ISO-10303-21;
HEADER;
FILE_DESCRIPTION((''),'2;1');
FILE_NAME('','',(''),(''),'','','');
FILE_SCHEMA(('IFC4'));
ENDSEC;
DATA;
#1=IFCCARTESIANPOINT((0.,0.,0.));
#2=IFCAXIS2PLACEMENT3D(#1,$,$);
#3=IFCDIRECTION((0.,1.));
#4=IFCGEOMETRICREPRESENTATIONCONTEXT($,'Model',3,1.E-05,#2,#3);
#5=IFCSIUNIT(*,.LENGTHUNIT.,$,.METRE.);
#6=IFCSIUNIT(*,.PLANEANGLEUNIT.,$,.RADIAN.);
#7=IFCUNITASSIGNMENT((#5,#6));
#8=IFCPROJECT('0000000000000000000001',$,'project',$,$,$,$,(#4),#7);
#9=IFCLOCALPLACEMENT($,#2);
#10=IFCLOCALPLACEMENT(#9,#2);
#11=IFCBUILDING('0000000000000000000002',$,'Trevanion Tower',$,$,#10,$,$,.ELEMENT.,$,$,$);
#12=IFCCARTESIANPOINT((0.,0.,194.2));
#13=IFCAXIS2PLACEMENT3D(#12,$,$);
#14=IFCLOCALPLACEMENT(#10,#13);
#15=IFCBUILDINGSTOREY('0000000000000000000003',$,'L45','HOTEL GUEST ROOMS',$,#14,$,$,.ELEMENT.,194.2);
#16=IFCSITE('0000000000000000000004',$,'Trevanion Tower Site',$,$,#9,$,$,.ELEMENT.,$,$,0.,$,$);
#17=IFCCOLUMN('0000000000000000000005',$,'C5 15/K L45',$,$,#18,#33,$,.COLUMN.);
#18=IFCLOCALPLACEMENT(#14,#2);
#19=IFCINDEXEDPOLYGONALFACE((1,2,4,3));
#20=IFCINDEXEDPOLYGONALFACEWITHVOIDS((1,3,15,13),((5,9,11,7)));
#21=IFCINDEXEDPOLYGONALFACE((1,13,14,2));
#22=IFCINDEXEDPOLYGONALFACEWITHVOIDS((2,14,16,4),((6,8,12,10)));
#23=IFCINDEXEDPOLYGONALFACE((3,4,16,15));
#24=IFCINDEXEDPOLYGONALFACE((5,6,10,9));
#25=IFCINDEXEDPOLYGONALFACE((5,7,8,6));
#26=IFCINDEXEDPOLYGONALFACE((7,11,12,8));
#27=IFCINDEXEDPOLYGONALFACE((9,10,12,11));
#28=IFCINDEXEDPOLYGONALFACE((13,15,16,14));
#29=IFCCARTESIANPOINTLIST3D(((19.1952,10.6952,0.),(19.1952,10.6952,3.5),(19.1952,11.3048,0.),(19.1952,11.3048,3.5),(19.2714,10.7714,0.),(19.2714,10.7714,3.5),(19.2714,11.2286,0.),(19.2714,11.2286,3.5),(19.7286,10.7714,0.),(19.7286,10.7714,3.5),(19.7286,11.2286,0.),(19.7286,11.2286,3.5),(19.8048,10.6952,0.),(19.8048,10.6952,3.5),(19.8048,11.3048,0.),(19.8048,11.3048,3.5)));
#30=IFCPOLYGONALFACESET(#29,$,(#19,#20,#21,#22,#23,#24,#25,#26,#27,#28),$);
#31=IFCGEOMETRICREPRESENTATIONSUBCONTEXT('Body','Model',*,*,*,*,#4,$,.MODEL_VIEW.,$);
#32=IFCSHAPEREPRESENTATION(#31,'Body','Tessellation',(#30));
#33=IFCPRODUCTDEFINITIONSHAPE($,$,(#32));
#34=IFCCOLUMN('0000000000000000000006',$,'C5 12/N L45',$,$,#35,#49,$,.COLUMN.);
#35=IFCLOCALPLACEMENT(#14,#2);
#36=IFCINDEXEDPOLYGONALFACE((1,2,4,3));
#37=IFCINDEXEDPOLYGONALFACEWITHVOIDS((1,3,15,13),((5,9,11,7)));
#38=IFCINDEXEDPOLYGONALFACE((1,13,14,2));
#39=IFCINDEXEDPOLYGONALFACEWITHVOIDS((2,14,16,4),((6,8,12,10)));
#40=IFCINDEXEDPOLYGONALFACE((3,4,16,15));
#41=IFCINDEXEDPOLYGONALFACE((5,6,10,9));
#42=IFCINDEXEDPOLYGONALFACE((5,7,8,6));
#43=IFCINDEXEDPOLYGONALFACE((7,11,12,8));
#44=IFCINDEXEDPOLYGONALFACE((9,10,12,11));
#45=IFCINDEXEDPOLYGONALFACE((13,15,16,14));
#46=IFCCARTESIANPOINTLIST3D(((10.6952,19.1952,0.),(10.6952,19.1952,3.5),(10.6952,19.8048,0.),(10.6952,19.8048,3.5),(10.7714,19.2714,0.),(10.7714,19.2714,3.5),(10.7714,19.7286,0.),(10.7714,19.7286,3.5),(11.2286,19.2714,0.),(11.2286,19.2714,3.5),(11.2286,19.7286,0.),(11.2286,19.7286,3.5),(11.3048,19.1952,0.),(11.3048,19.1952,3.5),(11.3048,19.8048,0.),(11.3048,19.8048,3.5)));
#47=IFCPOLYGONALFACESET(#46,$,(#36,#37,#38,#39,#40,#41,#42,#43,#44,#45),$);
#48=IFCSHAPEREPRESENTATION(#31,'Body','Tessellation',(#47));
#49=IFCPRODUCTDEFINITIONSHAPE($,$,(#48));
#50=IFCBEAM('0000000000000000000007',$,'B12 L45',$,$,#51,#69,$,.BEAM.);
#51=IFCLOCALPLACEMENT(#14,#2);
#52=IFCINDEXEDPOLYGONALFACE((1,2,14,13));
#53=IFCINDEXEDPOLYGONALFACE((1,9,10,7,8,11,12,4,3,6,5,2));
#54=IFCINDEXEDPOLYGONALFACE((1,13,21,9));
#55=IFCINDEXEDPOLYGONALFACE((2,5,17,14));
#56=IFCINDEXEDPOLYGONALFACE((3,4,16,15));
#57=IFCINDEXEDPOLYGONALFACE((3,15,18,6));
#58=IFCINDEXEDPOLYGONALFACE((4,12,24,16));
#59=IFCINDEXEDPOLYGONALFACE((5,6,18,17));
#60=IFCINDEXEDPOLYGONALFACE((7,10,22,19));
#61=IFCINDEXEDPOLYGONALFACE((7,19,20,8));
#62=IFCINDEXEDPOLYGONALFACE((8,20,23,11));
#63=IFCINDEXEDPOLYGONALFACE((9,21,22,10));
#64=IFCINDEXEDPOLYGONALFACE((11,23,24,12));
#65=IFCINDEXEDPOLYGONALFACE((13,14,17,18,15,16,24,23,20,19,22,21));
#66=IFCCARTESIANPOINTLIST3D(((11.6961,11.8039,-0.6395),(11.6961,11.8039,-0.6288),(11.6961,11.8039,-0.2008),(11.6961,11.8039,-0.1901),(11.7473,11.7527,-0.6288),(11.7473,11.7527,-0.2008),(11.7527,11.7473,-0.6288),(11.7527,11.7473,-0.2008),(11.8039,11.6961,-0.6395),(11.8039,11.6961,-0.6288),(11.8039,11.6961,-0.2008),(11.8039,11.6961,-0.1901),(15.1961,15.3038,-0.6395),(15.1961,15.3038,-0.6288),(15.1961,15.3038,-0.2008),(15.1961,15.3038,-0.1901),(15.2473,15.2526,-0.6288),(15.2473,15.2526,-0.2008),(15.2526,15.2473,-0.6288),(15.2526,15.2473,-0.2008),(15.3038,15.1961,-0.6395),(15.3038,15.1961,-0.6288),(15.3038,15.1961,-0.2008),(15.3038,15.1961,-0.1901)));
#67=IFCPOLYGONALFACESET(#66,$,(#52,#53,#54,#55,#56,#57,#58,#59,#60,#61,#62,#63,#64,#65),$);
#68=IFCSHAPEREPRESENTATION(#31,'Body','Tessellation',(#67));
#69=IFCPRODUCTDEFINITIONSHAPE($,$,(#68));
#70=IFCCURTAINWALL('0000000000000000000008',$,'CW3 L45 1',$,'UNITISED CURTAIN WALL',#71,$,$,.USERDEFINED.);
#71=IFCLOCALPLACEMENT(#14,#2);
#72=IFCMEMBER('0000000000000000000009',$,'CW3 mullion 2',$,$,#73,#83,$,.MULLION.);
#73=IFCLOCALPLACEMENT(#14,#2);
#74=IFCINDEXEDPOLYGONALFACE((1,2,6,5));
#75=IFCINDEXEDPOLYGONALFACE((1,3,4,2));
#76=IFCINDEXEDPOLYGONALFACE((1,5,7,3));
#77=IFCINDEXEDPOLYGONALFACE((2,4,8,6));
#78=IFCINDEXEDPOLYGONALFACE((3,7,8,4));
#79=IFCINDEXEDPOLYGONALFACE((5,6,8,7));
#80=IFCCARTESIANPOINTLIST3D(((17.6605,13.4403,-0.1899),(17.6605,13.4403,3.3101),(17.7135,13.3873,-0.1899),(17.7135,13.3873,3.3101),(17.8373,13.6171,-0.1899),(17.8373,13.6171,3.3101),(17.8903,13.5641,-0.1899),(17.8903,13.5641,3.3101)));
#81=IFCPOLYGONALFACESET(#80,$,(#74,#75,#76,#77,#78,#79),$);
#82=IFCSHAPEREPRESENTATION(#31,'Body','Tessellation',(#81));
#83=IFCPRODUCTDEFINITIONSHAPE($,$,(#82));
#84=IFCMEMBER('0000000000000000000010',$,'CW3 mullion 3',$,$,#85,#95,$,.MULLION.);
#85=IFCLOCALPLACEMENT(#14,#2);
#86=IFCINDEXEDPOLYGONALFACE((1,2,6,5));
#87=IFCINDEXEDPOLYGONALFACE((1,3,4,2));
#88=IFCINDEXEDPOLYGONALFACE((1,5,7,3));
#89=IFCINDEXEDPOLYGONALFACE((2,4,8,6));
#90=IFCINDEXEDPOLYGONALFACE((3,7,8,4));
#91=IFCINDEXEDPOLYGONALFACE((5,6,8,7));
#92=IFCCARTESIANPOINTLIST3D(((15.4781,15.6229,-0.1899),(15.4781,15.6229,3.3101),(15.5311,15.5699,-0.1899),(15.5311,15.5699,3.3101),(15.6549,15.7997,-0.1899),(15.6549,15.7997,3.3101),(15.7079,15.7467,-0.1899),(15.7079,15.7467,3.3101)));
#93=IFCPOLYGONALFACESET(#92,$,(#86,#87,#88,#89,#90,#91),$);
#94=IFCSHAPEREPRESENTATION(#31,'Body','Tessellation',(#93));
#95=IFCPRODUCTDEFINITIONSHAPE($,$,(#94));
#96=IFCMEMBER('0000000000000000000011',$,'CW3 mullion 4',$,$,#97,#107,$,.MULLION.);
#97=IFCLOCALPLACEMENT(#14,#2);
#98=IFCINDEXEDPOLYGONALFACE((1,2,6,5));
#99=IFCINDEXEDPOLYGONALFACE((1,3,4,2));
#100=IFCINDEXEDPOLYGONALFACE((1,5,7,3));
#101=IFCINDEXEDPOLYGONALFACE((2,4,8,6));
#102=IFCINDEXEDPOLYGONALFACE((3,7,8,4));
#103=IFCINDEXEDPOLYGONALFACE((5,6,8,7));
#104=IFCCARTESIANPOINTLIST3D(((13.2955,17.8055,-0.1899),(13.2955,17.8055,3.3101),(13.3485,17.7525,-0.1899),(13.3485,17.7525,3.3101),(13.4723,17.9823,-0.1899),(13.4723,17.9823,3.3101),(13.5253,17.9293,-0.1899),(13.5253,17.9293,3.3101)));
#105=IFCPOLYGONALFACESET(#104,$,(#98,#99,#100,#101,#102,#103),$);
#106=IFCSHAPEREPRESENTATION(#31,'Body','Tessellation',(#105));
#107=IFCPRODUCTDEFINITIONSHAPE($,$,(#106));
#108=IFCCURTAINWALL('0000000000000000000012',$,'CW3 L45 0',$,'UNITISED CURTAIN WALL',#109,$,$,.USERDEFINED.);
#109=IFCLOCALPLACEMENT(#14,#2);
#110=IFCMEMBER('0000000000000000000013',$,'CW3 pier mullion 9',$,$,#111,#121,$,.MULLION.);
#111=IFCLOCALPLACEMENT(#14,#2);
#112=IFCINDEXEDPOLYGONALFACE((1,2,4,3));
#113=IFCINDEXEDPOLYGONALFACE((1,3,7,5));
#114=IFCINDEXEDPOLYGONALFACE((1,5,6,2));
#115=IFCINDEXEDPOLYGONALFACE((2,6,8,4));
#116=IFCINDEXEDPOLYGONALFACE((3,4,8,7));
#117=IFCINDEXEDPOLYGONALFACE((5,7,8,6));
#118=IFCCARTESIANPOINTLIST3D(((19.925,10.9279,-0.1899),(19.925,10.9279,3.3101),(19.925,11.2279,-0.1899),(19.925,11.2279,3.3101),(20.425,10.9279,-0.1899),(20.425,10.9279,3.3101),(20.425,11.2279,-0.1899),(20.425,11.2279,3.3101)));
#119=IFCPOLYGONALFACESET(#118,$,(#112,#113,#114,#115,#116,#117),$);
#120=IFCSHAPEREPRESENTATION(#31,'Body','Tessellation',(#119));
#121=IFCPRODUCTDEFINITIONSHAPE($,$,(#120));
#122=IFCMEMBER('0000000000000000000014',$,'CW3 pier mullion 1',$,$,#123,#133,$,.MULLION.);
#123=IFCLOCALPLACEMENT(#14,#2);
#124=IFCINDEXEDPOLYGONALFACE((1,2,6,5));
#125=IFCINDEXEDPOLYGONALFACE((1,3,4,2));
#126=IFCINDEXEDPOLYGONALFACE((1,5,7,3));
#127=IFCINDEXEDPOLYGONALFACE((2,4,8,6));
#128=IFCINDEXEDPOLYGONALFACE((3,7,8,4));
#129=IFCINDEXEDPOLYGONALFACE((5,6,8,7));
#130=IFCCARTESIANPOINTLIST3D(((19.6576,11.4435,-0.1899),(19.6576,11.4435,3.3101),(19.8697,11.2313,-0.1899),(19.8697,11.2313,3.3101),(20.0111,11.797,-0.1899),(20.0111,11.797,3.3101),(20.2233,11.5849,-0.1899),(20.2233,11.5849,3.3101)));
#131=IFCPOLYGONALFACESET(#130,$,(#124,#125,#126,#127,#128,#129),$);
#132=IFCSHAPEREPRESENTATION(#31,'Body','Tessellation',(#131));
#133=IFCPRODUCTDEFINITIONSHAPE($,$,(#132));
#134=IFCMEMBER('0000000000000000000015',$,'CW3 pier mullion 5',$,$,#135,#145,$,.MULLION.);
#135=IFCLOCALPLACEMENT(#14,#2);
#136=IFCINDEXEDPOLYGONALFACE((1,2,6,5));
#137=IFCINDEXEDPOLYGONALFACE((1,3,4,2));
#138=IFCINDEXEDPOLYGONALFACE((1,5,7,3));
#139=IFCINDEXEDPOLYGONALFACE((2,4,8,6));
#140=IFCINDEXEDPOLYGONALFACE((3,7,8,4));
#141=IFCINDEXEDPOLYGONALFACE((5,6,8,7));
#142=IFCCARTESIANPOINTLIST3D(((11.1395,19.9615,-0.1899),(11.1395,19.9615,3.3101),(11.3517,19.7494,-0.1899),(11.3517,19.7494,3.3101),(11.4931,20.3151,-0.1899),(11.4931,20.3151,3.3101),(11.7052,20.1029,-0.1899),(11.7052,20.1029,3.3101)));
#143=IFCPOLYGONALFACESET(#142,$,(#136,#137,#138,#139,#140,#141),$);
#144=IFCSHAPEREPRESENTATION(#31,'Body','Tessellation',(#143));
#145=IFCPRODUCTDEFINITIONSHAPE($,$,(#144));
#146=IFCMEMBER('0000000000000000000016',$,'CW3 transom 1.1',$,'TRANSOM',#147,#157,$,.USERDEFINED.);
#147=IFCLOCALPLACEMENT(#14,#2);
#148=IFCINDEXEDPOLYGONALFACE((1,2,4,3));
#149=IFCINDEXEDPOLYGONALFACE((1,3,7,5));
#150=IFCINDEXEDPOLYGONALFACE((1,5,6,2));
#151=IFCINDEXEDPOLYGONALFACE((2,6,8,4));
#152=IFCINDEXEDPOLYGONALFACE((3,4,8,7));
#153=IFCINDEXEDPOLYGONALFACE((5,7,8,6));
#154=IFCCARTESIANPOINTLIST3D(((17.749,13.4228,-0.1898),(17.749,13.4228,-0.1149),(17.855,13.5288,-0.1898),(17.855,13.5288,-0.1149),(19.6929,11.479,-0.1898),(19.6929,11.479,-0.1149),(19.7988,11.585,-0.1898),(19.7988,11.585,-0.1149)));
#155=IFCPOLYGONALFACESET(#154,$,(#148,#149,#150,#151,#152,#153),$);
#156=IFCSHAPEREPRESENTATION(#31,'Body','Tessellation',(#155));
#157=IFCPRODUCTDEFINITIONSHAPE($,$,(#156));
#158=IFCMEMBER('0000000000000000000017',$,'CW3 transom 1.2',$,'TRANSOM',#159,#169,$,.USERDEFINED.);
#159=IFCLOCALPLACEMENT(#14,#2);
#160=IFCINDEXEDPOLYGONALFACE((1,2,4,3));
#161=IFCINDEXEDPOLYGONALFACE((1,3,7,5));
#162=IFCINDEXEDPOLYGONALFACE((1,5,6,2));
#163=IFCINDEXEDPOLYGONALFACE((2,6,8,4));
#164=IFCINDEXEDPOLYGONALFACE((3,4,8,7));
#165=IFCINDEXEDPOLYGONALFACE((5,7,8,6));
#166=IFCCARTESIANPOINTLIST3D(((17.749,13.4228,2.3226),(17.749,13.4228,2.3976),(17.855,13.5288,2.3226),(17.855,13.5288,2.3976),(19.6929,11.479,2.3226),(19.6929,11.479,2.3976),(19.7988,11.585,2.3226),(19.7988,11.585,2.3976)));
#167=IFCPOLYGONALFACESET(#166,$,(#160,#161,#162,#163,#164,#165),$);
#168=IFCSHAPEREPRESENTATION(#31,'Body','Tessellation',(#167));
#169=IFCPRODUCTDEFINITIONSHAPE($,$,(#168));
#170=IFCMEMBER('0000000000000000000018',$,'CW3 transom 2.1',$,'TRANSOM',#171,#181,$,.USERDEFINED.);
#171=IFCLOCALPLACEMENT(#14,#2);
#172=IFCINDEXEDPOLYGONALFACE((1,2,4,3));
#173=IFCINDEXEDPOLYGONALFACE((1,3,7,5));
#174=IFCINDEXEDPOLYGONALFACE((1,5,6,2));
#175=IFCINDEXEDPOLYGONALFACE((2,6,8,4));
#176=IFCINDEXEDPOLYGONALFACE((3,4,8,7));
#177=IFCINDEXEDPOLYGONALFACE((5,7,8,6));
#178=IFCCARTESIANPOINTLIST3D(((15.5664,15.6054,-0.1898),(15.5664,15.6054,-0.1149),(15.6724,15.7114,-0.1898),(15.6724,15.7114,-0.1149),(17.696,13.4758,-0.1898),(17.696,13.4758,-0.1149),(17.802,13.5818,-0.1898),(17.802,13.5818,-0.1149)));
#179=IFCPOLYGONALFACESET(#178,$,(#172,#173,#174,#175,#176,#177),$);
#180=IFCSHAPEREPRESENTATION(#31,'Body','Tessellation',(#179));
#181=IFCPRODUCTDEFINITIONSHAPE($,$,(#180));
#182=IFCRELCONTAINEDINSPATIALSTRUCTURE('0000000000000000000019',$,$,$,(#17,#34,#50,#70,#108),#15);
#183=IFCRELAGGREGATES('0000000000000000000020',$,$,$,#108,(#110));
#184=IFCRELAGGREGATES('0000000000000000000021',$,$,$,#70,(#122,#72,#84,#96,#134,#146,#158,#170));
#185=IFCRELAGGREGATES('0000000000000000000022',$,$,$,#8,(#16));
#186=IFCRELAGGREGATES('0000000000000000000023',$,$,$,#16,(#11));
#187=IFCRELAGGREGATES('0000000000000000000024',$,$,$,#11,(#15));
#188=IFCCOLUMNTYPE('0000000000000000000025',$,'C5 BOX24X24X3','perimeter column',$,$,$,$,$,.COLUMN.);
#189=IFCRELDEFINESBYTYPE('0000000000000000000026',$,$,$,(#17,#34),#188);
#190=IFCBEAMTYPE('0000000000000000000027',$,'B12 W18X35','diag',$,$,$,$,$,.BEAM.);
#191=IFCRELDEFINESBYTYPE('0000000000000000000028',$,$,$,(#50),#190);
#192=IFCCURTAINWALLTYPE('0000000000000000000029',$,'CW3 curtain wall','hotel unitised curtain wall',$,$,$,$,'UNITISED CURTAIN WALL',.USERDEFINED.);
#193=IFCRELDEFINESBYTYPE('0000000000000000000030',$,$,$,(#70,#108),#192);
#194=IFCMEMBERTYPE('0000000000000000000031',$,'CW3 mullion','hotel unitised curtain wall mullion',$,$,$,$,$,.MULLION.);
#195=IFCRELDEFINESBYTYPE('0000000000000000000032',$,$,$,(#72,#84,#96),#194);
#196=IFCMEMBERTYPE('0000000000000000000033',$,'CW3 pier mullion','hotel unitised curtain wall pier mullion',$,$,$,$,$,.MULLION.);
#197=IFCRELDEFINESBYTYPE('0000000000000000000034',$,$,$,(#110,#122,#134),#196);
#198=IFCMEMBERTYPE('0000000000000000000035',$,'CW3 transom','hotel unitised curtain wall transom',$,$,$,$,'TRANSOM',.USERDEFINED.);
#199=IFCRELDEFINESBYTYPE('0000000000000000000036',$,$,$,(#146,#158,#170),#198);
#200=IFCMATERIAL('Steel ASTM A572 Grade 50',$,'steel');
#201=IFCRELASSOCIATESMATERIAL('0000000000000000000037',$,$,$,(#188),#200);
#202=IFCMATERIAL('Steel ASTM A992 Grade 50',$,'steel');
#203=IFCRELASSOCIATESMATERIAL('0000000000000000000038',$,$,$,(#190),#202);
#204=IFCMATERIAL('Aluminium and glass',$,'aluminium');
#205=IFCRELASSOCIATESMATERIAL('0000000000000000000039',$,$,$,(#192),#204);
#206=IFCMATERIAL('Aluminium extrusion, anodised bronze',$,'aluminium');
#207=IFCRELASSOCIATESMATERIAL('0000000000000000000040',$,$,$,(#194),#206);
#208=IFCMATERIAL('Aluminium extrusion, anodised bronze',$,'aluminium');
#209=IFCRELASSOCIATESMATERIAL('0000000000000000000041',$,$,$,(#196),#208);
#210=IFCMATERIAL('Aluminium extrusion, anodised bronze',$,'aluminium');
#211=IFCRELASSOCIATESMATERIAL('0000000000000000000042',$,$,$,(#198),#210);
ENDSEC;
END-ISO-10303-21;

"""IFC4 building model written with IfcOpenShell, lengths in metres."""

from ifc_helpers import new_model, si_unit, direction, frame, origin, origin_2d, place, context, subcontext, project, spatial, rectangle, hollow_rectangle, i_section, extrude, material, material_profile, profile_set, type_object, element, aggregate, save


model = new_model("IFC4")

# Units and contexts
model_context = context("Model", 3, precision=1e-05, world=origin(), true_north=direction((0.0, 1.0)))
body_context = subcontext(model_context, "Body", "Model", "MODEL_VIEW")
ifc_project = project(units=[si_unit("LENGTHUNIT", "METRE"), si_unit("PLANEANGLEUNIT", "RADIAN")], contexts=[model_context])

# Site, building, storey
site_placement = place(None, origin())
site = spatial("IfcSite", under=ifc_project, at=site_placement, Name="Trevanion Tower Site", CompositionType="ELEMENT", RefElevation=0.0)
building_placement = place(site_placement, origin())
building = spatial("IfcBuilding", under=site, at=building_placement, Name="Trevanion Tower", CompositionType="ELEMENT")
storey_placement = place(building_placement, frame((0.0, 0.0, 194.2)))
storey = spatial("IfcBuildingStorey", under=building, at=storey_placement, Name="L45", Description="HOTEL GUEST ROOMS", CompositionType="ELEMENT", Elevation=194.2)

# Columns
ifc_material_1 = material(Name="Steel ASTM A572 Grade 50", Category="steel")
ifc_material_profile_1 = material_profile(ifc_material_1, hollow_rectangle(XDim=0.6096, YDim=0.6096, WallThickness=0.0762, at=origin_2d()), Name="BOX24X24X3")
ifc_profile_set_1 = profile_set([ifc_material_profile_1], Name="Steel ASTM A572 Grade 50")
column_type = type_object("IfcColumnType", Name="C5 BOX24X24X3", Description="perimeter column", PredefinedType="COLUMN", material=ifc_profile_set_1)
for number, where, z_axis, x_axis, name in (
    (1, (19.5, 11.0, 0.0), (0.0, 0.0, 1.0), (0.0, 1.0, 0.0), "C5 15/K L45"),
    (2, (11.0, 19.5, 0.0), (0.0, 0.0, 1.0), (1.0, 0.0, 0.0), "C5 12/N L45"),
):
    element("IfcColumn", number, at=place(storey_placement, frame(where, z_axis=z_axis, x_axis=x_axis)), inside=storey, type_object=column_type, Name=name, PredefinedType="COLUMN", context=body_context, shape_type="SweptSolid", body=[
        extrude(hollow_rectangle(XDim=0.6096, YDim=0.6096, WallThickness=0.0762, at=origin_2d()), origin(), (0.0, 0.0, 1.0), 3.5),
    ])

# Beam
ifc_material_2 = material(Name="Steel ASTM A992 Grade 50", Category="steel")
ifc_material_profile_2 = material_profile(ifc_material_2, i_section(OverallWidth=0.1523, OverallDepth=0.4495, WebThickness=0.0076, FlangeThickness=0.0107, at=origin_2d()), Name="W18X35")
ifc_profile_set_2 = profile_set([ifc_material_profile_2], Name="Steel ASTM A992 Grade 50")
beam_type_1 = type_object("IfcBeamType", Name="B12 W18X35", Description="diag", PredefinedType="BEAM", material=ifc_profile_set_2)
beam_1_placement = place(storey_placement, frame((11.75, 11.75, -0.4148), z_axis=(0.707107, 0.707107, 0.0), x_axis=(-0.707107, 0.707107, 0.0)))
element("IfcBeam", 3, at=beam_1_placement, inside=storey, type_object=beam_type_1, Name="B12 L45", PredefinedType="BEAM", context=body_context, shape_type="SweptSolid", body=[
    extrude(i_section(OverallWidth=0.1523, OverallDepth=0.4495, WebThickness=0.0076, FlangeThickness=0.0107, at=origin_2d()), origin(), (0.0, 0.0, 1.0), 4.9497),
])

# Curtain wall, members
ifc_material_3 = material(Name="Aluminium and glass", Category="aluminium")
curtain_wall_type = type_object("IfcCurtainWallType", Name="CW3 curtain wall", Description="hotel unitised curtain wall", ElementType="UNITISED CURTAIN WALL", PredefinedType="USERDEFINED", material=ifc_material_3)
curtain_wall_1_placement = place(storey_placement, origin())
curtain_wall_1 = element("IfcCurtainWall", 4, at=curtain_wall_1_placement, inside=storey, type_object=curtain_wall_type, Name="CW3 L45 1", ObjectType="UNITISED CURTAIN WALL", PredefinedType="USERDEFINED")
ifc_material_4 = material(Name="Aluminium extrusion, anodised bronze", Category="aluminium")
ifc_material_profile_3 = material_profile(ifc_material_4, rectangle(XDim=0.075, YDim=0.25, at=origin_2d()), Name="CW3 mullion")
ifc_profile_set_3 = profile_set([ifc_material_profile_3], Name="Aluminium extrusion, anodised bronze")
member_type_1 = type_object("IfcMemberType", Name="CW3 mullion", Description="hotel unitised curtain wall mullion", PredefinedType="MULLION", material=ifc_profile_set_3)
member_1_placement = place(storey_placement, frame((17.7754, 13.5022, -0.1899), z_axis=(0.0, 0.0, 1.0), x_axis=(-0.707107, 0.707107, 0.0)))
member_1 = element("IfcMember", 5, at=member_1_placement, type_object=member_type_1, Name="CW3 mullion 2", PredefinedType="MULLION", context=body_context, shape_type="SweptSolid", body=[
    extrude(rectangle(XDim=0.075, YDim=0.25, at=origin_2d()), origin(), (0.0, 0.0, 1.0), 3.5),
])
member_2_placement = place(storey_placement, frame((15.593, 15.6848, -0.1899), z_axis=(0.0, 0.0, 1.0), x_axis=(-0.707107, 0.707107, 0.0)))
member_2 = element("IfcMember", 6, at=member_2_placement, type_object=member_type_1, Name="CW3 mullion 3", PredefinedType="MULLION", context=body_context, shape_type="SweptSolid", body=[
    extrude(rectangle(XDim=0.075, YDim=0.25, at=origin_2d()), origin(), (0.0, 0.0, 1.0), 3.5),
])
member_3_placement = place(storey_placement, frame((13.4104, 17.8674, -0.1899), z_axis=(0.0, 0.0, 1.0), x_axis=(-0.707107, 0.707107, 0.0)))
member_3 = element("IfcMember", 7, at=member_3_placement, type_object=member_type_1, Name="CW3 mullion 4", PredefinedType="MULLION", context=body_context, shape_type="SweptSolid", body=[
    extrude(rectangle(XDim=0.075, YDim=0.25, at=origin_2d()), origin(), (0.0, 0.0, 1.0), 3.5),
])

# Curtain wall, member
curtain_wall_2_placement = place(storey_placement, origin())
curtain_wall_2 = element("IfcCurtainWall", 8, at=curtain_wall_2_placement, inside=storey, type_object=curtain_wall_type, Name="CW3 L45 0", ObjectType="UNITISED CURTAIN WALL", PredefinedType="USERDEFINED")
ifc_material_5 = material(Name="Aluminium extrusion, anodised bronze", Category="aluminium")
ifc_material_profile_4 = material_profile(ifc_material_5, rectangle(XDim=0.3, YDim=0.5, at=origin_2d()), Name="CW3 pier mullion")
ifc_profile_set_4 = profile_set([ifc_material_profile_4], Name="Aluminium extrusion, anodised bronze")
member_type_2 = type_object("IfcMemberType", Name="CW3 pier mullion", Description="hotel unitised curtain wall pier mullion", PredefinedType="MULLION", material=ifc_profile_set_4)
member_4_placement = place(storey_placement, frame((20.175, 11.0779, -0.1899), z_axis=(0.0, 0.0, 1.0), x_axis=(0.0, 1.0, 0.0)))
member_4 = element("IfcMember", 9, at=member_4_placement, type_object=member_type_2, Name="CW3 pier mullion 9", PredefinedType="MULLION", context=body_context, shape_type="SweptSolid", body=[
    extrude(rectangle(XDim=0.3, YDim=0.5, at=origin_2d()), origin(), (0.0, 0.0, 1.0), 3.5),
])

# Members
member_5_placement = place(storey_placement, frame((19.9404, 11.5142, -0.1899), z_axis=(0.0, 0.0, 1.0), x_axis=(-0.707107, 0.707107, 0.0)))
member_5 = element("IfcMember", 10, at=member_5_placement, type_object=member_type_2, Name="CW3 pier mullion 1", PredefinedType="MULLION", context=body_context, shape_type="SweptSolid", body=[
    extrude(rectangle(XDim=0.3, YDim=0.5, at=origin_2d()), origin(), (0.0, 0.0, 1.0), 3.5),
])
member_6_placement = place(storey_placement, frame((11.4224, 20.0322, -0.1899), z_axis=(0.0, 0.0, 1.0), x_axis=(-0.707107, 0.707107, 0.0)))
member_6 = element("IfcMember", 11, at=member_6_placement, type_object=member_type_2, Name="CW3 pier mullion 5", PredefinedType="MULLION", context=body_context, shape_type="SweptSolid", body=[
    extrude(rectangle(XDim=0.3, YDim=0.5, at=origin_2d()), origin(), (0.0, 0.0, 1.0), 3.5),
])
ifc_material_6 = material(Name="Aluminium extrusion, anodised bronze", Category="aluminium")
ifc_material_profile_5 = material_profile(ifc_material_6, rectangle(XDim=0.1499, YDim=0.075, at=origin_2d()), Name="CW3 transom")
ifc_profile_set_5 = profile_set([ifc_material_profile_5], Name="Aluminium extrusion, anodised bronze")
member_type_3 = type_object("IfcMemberType", Name="CW3 transom", Description="hotel unitised curtain wall transom", ElementType="TRANSOM", PredefinedType="USERDEFINED", material=ifc_profile_set_5)
member_7_placement = place(storey_placement, frame((19.7458, 11.532, -0.1523), z_axis=(-0.707107, 0.707107, 0.0), x_axis=(-0.707107, -0.707107, 0.0)))
member_7 = element("IfcMember", 12, at=member_7_placement, type_object=member_type_3, Name="CW3 transom 1.1", ObjectType="TRANSOM", PredefinedType="USERDEFINED", context=body_context, shape_type="SweptSolid", body=[
    extrude(rectangle(XDim=0.1499, YDim=0.075, at=origin_2d()), origin(), (0.0, 0.0, 1.0), 2.749),
])
member_8_placement = place(storey_placement, frame((19.7458, 11.532, 2.3601), z_axis=(-0.707107, 0.707107, 0.0), x_axis=(-0.707107, -0.707107, 0.0)))
member_8 = element("IfcMember", 13, at=member_8_placement, type_object=member_type_3, Name="CW3 transom 1.2", ObjectType="TRANSOM", PredefinedType="USERDEFINED", context=body_context, shape_type="SweptSolid", body=[
    extrude(rectangle(XDim=0.1499, YDim=0.075, at=origin_2d()), origin(), (0.0, 0.0, 1.0), 2.749),
])
member_9_placement = place(storey_placement, frame((17.749, 13.5288, -0.1523), z_axis=(-0.707107, 0.707107, 0.0), x_axis=(-0.707107, -0.707107, 0.0)))
member_9 = element("IfcMember", 14, at=member_9_placement, type_object=member_type_3, Name="CW3 transom 2.1", ObjectType="TRANSOM", PredefinedType="USERDEFINED", context=body_context, shape_type="SweptSolid", body=[
    extrude(rectangle(XDim=0.1499, YDim=0.075, at=origin_2d()), origin(), (0.0, 0.0, 1.0), 3.0117),
])

aggregate(curtain_wall_2, [member_4])
aggregate(curtain_wall_1, [member_5, member_1, member_2, member_3, member_6, member_7, member_8, member_9])

save(model, "model.ifc")
